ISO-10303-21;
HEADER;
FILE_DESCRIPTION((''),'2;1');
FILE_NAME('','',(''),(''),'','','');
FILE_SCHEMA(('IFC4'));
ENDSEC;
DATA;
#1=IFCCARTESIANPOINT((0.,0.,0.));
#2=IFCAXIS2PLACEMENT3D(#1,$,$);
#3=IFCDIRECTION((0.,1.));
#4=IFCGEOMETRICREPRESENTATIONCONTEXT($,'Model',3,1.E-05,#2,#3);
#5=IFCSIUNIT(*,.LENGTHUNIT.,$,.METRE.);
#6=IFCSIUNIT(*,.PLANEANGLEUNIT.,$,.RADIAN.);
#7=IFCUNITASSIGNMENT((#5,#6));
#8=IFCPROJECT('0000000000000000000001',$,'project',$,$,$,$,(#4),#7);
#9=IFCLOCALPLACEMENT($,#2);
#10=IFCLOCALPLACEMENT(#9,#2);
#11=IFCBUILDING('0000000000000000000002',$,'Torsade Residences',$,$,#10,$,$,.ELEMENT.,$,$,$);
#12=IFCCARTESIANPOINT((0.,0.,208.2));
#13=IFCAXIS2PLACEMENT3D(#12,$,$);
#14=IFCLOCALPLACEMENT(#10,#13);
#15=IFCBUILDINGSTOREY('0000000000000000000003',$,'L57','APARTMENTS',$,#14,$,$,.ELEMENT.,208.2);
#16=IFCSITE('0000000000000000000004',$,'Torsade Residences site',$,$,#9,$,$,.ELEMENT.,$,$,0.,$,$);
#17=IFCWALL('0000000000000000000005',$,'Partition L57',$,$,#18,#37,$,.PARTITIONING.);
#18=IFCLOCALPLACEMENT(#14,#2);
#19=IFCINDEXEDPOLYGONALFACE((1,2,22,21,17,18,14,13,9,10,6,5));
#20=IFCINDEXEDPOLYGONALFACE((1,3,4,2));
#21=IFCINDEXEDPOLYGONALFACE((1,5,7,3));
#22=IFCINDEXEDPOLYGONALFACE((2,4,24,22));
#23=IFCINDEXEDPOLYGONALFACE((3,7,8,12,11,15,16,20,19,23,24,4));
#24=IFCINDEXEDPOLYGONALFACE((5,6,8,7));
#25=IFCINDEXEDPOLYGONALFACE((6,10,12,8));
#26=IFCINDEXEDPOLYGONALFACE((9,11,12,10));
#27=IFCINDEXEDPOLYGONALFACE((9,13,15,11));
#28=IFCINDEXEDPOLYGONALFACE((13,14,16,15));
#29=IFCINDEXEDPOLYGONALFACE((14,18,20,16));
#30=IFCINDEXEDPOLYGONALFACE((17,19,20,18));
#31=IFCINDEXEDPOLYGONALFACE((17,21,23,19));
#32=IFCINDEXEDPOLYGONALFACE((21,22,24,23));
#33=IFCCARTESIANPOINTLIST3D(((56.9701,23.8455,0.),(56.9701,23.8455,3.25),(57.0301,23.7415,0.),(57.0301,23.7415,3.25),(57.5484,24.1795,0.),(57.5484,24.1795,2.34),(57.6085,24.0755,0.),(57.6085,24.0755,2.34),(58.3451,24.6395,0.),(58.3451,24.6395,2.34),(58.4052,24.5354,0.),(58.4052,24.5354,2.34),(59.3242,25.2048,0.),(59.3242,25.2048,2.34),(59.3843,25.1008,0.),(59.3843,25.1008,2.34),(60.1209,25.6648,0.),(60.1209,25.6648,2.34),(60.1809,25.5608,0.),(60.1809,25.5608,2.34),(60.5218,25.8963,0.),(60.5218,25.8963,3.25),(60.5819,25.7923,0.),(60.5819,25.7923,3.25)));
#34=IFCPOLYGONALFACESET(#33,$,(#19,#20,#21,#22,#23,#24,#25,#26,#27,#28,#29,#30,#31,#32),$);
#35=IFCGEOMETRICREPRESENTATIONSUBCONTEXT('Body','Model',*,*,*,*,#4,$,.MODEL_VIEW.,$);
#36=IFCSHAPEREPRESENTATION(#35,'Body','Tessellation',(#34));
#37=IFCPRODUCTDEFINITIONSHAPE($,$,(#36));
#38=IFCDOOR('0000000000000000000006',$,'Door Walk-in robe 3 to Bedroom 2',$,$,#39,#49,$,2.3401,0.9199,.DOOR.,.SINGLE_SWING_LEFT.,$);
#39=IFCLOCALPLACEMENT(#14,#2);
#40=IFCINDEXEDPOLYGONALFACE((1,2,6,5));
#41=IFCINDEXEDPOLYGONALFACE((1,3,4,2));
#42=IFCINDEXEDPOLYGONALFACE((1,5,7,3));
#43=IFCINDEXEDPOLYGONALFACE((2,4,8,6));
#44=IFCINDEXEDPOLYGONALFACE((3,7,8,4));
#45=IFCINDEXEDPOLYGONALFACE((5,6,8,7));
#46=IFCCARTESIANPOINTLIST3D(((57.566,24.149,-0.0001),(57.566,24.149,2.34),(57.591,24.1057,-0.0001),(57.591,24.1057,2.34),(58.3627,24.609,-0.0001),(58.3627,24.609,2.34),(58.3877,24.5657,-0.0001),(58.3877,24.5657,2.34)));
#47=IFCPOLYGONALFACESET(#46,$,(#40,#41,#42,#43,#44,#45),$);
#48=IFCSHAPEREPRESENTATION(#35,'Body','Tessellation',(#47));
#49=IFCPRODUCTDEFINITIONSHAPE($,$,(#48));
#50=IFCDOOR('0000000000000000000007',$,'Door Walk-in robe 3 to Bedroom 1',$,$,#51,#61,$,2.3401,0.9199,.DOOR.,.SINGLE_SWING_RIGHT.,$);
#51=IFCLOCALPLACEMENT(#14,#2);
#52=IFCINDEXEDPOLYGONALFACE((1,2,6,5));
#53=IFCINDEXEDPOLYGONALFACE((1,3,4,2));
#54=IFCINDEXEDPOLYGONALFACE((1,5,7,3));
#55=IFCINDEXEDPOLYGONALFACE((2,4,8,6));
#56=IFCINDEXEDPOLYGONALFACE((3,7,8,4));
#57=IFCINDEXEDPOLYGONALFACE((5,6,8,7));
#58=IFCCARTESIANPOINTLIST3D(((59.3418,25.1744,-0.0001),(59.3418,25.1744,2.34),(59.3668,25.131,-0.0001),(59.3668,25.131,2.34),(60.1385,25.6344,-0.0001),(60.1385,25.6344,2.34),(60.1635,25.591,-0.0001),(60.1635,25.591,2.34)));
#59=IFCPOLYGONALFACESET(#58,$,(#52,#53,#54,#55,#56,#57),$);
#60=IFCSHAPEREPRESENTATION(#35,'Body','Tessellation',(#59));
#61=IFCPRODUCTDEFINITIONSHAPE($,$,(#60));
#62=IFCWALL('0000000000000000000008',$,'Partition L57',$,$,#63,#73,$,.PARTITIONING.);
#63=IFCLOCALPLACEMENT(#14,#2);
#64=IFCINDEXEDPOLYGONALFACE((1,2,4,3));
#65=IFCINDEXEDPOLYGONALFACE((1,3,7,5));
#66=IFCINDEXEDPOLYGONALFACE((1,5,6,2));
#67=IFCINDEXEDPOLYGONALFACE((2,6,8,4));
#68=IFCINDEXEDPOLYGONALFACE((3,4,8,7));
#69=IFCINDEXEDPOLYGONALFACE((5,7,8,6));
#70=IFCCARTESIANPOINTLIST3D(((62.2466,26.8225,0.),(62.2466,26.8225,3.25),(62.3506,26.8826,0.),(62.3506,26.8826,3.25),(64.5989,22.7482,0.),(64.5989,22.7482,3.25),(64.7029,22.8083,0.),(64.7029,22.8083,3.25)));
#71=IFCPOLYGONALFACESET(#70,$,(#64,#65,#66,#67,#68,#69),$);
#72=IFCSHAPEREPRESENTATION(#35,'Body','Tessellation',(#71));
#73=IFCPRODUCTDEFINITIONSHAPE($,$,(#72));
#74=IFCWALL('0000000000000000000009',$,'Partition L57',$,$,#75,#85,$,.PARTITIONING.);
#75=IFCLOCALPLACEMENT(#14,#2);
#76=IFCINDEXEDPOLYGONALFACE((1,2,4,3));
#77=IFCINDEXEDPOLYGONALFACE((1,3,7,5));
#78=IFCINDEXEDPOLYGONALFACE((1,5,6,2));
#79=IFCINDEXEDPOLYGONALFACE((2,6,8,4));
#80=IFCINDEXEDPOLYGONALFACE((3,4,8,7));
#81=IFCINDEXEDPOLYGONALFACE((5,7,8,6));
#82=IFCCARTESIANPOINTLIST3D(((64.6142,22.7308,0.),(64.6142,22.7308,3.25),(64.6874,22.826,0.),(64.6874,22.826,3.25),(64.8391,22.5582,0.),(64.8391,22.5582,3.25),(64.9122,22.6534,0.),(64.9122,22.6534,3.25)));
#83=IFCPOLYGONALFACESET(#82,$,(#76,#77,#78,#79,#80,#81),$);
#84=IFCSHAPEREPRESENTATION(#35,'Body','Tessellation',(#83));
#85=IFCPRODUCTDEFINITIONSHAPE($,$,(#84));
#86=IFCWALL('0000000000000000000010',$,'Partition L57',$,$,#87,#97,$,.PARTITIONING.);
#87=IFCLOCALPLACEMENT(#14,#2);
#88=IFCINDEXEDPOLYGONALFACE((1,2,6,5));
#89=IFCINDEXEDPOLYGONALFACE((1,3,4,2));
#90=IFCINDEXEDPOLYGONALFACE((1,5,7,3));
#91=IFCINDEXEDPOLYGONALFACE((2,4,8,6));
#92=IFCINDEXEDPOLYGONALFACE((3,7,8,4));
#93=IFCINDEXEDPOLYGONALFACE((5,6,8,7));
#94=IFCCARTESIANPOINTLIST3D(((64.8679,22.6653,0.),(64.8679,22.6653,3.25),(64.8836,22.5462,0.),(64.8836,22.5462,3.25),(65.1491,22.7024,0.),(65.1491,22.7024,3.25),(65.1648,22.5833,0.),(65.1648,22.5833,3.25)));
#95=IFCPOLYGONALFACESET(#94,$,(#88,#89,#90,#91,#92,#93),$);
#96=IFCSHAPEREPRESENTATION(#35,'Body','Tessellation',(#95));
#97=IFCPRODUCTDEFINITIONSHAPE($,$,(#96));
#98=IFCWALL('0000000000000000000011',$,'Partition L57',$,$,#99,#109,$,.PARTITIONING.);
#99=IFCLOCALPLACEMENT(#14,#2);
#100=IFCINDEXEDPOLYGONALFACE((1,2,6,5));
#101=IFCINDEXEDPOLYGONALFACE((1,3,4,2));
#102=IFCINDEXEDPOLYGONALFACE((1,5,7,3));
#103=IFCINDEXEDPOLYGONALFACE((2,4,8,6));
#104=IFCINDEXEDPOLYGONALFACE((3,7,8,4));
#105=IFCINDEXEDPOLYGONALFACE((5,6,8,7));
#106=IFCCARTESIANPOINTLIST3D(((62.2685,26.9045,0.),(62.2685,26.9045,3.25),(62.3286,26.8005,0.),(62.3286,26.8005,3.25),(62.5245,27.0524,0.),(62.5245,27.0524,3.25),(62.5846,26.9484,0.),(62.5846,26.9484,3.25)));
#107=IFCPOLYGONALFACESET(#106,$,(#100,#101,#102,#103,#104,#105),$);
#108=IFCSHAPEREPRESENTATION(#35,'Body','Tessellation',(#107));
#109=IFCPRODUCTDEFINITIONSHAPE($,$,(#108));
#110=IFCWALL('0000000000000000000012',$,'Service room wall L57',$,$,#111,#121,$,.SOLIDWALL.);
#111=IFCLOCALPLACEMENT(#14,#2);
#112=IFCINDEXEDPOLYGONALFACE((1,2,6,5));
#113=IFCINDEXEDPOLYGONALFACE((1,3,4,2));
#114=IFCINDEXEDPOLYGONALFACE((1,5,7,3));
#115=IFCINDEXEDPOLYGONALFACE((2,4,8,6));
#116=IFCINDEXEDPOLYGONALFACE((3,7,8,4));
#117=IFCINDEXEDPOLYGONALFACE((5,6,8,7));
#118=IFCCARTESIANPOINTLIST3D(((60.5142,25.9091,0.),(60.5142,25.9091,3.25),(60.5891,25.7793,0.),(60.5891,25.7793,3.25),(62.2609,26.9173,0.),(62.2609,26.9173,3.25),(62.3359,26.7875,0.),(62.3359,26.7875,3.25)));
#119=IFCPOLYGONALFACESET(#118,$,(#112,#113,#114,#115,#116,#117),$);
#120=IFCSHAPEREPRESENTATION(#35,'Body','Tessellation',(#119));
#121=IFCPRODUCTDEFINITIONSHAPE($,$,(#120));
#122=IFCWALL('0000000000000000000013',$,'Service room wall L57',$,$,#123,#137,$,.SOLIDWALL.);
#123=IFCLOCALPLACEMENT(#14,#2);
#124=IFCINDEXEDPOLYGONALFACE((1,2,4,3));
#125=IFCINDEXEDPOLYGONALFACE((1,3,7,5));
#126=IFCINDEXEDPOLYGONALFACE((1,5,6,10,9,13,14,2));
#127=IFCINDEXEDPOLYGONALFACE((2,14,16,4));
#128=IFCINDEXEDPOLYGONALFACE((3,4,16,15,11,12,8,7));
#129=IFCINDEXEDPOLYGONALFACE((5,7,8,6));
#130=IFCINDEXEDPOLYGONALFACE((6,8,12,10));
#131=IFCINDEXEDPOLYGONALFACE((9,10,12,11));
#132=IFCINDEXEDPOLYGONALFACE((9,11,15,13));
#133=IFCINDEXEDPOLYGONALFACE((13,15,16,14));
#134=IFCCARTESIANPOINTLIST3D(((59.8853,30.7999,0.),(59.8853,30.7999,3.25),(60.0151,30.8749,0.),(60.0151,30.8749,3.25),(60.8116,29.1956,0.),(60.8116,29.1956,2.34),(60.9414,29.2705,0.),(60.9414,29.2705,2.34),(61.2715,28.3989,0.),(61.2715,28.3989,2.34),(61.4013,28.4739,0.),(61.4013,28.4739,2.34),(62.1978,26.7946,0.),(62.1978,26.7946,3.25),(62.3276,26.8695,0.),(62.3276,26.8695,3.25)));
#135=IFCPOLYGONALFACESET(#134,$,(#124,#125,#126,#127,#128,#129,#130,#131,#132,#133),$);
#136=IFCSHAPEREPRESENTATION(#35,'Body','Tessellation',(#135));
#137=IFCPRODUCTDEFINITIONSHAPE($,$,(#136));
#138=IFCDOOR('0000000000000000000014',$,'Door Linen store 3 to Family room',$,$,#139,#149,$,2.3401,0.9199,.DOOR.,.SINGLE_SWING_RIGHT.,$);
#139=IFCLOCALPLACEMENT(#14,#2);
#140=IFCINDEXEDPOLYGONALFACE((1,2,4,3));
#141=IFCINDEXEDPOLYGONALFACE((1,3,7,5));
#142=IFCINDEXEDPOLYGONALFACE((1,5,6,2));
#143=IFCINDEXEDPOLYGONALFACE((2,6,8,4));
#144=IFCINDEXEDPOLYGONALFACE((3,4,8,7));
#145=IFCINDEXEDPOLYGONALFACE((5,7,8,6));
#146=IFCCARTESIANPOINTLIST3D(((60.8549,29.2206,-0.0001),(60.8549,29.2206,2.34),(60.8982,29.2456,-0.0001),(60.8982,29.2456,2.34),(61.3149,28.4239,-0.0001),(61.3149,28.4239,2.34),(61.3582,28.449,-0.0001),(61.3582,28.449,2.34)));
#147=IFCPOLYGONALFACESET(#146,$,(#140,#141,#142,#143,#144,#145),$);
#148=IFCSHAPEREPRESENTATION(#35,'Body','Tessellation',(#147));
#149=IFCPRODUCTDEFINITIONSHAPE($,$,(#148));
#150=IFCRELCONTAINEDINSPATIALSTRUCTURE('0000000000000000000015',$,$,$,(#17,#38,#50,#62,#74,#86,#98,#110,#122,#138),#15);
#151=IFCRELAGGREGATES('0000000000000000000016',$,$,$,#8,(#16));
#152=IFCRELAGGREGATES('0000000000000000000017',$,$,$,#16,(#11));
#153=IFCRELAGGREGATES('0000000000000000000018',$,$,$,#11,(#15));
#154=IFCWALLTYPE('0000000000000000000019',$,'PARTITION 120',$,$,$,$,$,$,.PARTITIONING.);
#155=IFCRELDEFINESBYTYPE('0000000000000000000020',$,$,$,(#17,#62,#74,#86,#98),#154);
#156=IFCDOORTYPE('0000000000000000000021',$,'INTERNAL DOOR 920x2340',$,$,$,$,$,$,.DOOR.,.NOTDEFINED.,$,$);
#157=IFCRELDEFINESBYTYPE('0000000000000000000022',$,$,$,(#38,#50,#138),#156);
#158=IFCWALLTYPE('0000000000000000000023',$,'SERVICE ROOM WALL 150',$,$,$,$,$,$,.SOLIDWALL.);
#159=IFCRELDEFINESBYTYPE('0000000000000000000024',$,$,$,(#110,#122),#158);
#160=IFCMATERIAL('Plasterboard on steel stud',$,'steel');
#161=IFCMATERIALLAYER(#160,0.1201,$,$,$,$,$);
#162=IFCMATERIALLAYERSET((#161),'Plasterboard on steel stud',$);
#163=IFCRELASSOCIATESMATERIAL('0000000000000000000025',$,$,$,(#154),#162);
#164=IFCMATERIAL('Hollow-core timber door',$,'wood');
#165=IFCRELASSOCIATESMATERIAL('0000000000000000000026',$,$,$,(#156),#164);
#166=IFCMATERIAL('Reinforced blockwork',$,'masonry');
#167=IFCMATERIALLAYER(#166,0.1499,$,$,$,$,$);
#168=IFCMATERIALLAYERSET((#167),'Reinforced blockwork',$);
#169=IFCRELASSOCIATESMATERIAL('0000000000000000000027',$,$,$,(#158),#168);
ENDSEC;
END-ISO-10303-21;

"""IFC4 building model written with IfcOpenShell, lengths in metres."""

from ifc_helpers import new_model, si_unit, direction, frame, frame_2d, origin, place, context, subcontext, project, spatial, rectangle, extrude, material, layer, layer_set, type_object, element, fill, save


model = new_model("IFC4")

# Units and contexts
model_context = context("Model", 3, precision=1e-05, world=origin(), true_north=direction((0.0, 1.0)))
body_context = subcontext(model_context, "Body", "Model", "MODEL_VIEW")
ifc_project = project(units=[si_unit("LENGTHUNIT", "METRE"), si_unit("PLANEANGLEUNIT", "RADIAN")], contexts=[model_context])

# Site, building, storey
site_placement = place(None, origin())
site = spatial("IfcSite", under=ifc_project, at=site_placement, Name="Torsade Residences site", CompositionType="ELEMENT", RefElevation=0.0)
building_placement = place(site_placement, origin())
building = spatial("IfcBuilding", under=site, at=building_placement, Name="Torsade Residences", CompositionType="ELEMENT")
storey_placement = place(building_placement, frame((0.0, 0.0, 208.2)))
storey = spatial("IfcBuildingStorey", under=building, at=storey_placement, Name="L57", Description="APARTMENTS", CompositionType="ELEMENT", Elevation=208.2)

# Shared definitions
ifc_material_1 = material(Name="Plasterboard on steel stud", Category="steel")
ifc_layer_1 = layer(ifc_material_1, 0.1201)
ifc_layer_set_1 = layer_set([ifc_layer_1], Name="Plasterboard on steel stud")
wall_type_1 = type_object("IfcWallType", Name="PARTITION 120", PredefinedType="PARTITIONING", material=ifc_layer_set_1)
ifc_material_2 = material(Name="Hollow-core timber door", Category="wood")
door_type_1 = type_object("IfcDoorType", Name="INTERNAL DOOR 920x2340", OperationType="NOTDEFINED", PredefinedType="DOOR", material=ifc_material_2)

# Wall, openings, doors
wall_1_placement = place(storey_placement, frame((57.0, 23.7935, 0.0), z_axis=(0.0, 0.0, 1.0), x_axis=(0.866007, 0.500032, 0.0)))
wall_1 = element("IfcWall", 1, at=wall_1_placement, inside=storey, type_object=wall_type_1, Name="Partition L57", PredefinedType="PARTITIONING", context=body_context, shape_type="SweptSolid", body=[
    extrude(rectangle(XDim=4.1013, YDim=0.1201, at=frame_2d((2.0508, 0.0))), origin(), (0.0, 0.0, 1.0), 3.25),
])
opening_1_placement = place(wall_1_placement, frame((0.668, 0.0, 0.0)))
opening_1 = element("IfcOpeningElement", 2, at=opening_1_placement, cuts=wall_1, PredefinedType="OPENING", context=body_context, shape_type="SweptSolid", body=[
    extrude(rectangle(XDim=0.9199, YDim=2.3401, at=frame_2d((0.46, 1.1699))), frame((0.0, 0.0701, 0.0), z_axis=(0.0, -1.0, 0.0), x_axis=(1.0, 0.0, 0.0)), (0.0, 0.0, 1.0), 0.1401),
])
opening_2_placement = place(wall_1_placement, frame((2.7185, 0.0, 0.0)))
opening_2 = element("IfcOpeningElement", 3, at=opening_2_placement, cuts=wall_1, PredefinedType="OPENING", context=body_context, shape_type="SweptSolid", body=[
    extrude(rectangle(XDim=0.9199, YDim=2.3401, at=frame_2d((0.46, 1.1699))), frame((0.0, 0.0701, 0.0), z_axis=(0.0, -1.0, 0.0), x_axis=(1.0, 0.0, 0.0)), (0.0, 0.0, 1.0), 0.1401),
])
door_1_placement = place(opening_1_placement, origin())
door_1 = element("IfcDoor", 4, at=door_1_placement, inside=storey, type_object=door_type_1, Name="Door Walk-in robe 3 to Bedroom 2", OperationType="SINGLE_SWING_LEFT", OverallHeight=2.3401, OverallWidth=0.9199, PredefinedType="DOOR", context=body_context, shape_type="SweptSolid", body=[
    extrude(rectangle(XDim=0.9199, YDim=2.3401, at=frame_2d((0.46, 1.1699))), frame((0.0, 0.0249, 0.0), z_axis=(0.0, -1.0, 0.0), x_axis=(1.0, 0.0, 0.0)), (0.0, 0.0, 1.0), 0.05),
])
fill(opening_1, door_1)
door_2_placement = place(opening_2_placement, origin())
door_2 = element("IfcDoor", 5, at=door_2_placement, inside=storey, type_object=door_type_1, Name="Door Walk-in robe 3 to Bedroom 1", OperationType="SINGLE_SWING_RIGHT", OverallHeight=2.3401, OverallWidth=0.9199, PredefinedType="DOOR", context=body_context, shape_type="SweptSolid", body=[
    extrude(rectangle(XDim=0.9199, YDim=2.3401, at=frame_2d((0.46, 1.1699))), frame((0.0, 0.0249, 0.0), z_axis=(0.0, -1.0, 0.0), x_axis=(1.0, 0.0, 0.0)), (0.0, 0.0, 1.0), 0.05),
])
fill(opening_2, door_2)

# Walls
wall_2_placement = place(storey_placement, frame((62.2986, 26.8525, 0.0), z_axis=(0.0, 0.0, 1.0), x_axis=(0.500007, -0.866021, 0.0)))
element("IfcWall", 6, at=wall_2_placement, inside=storey, type_object=wall_type_1, Name="Partition L57", PredefinedType="PARTITIONING", context=body_context, shape_type="SweptSolid", body=[
    extrude(rectangle(XDim=4.7046, YDim=0.1201, at=frame_2d((2.3523, 0.0))), origin(), (0.0, 0.0, 1.0), 3.25),
])
wall_3_placement = place(storey_placement, frame((64.6509, 22.7783, 0.0), z_axis=(0.0, 0.0, 1.0), x_axis=(0.793232, -0.60892, 0.0)))
element("IfcWall", 7, at=wall_3_placement, inside=storey, type_object=wall_type_1, Name="Partition L57", PredefinedType="PARTITIONING", context=body_context, shape_type="SweptSolid", body=[
    extrude(rectangle(XDim=0.2834, YDim=0.1201, at=frame_2d((0.1416, 0.0))), origin(), (0.0, 0.0, 1.0), 3.25),
])
wall_4_placement = place(storey_placement, frame((64.8757, 22.6057, 0.0), z_axis=(0.0, 0.0, 1.0), x_axis=(0.991407, 0.130811, 0.0)))
element("IfcWall", 8, at=wall_4_placement, inside=storey, type_object=wall_type_1, Name="Partition L57", PredefinedType="PARTITIONING", context=body_context, shape_type="SweptSolid", body=[
    extrude(rectangle(XDim=0.2837, YDim=0.1201, at=frame_2d((0.1418, 0.0))), origin(), (0.0, 0.0, 1.0), 3.25),
])
wall_5_placement = place(storey_placement, frame((62.5547, 27.0005, 0.0), z_axis=(0.0, 0.0, 1.0), x_axis=(-0.865897, -0.500223, 0.0)))
element("IfcWall", 9, at=wall_5_placement, inside=storey, type_object=wall_type_1, Name="Partition L57", PredefinedType="PARTITIONING", context=body_context, shape_type="SweptSolid", body=[
    extrude(rectangle(XDim=0.2957, YDim=0.1201, at=frame_2d((0.1479, 0.0))), origin(), (0.0, 0.0, 1.0), 3.25),
])
ifc_material_3 = material(Name="Reinforced blockwork", Category="masonry")
ifc_layer_2 = layer(ifc_material_3, 0.1499)
ifc_layer_set_2 = layer_set([ifc_layer_2], Name="Reinforced blockwork")
wall_type_2 = type_object("IfcWallType", Name="SERVICE ROOM WALL 150", PredefinedType="SOLIDWALL", material=ifc_layer_set_2)
wall_6_placement = place(storey_placement, frame((60.5518, 25.8442, 0.0), z_axis=(0.0, 0.0, 1.0), x_axis=(0.866075, 0.499915, 0.0)))
element("IfcWall", 10, at=wall_6_placement, inside=storey, type_object=wall_type_2, Name="Service room wall L57", PredefinedType="SOLIDWALL", context=body_context, shape_type="SweptSolid", body=[
    extrude(rectangle(XDim=2.0168, YDim=0.1499, at=frame_2d((1.0083, 0.0))), origin(), (0.0, 0.0, 1.0), 3.25),
])

# Wall, opening, door
wall_7_placement = place(storey_placement, frame((62.2627, 26.832, 0.0), z_axis=(0.0, 0.0, 1.0), x_axis=(-0.5, 0.866026, 0.0)))
wall_7 = element("IfcWall", 11, at=wall_7_placement, inside=storey, type_object=wall_type_2, Name="Service room wall L57", PredefinedType="SOLIDWALL", context=body_context, shape_type="SweptSolid", body=[
    extrude(rectangle(XDim=4.625, YDim=0.1499, at=frame_2d((2.3125, 0.0))), origin(), (0.0, 0.0, 1.0), 3.25),
])
opening_3_placement = place(wall_7_placement, frame((1.8525, 0.0, 0.0)))
opening_3 = element("IfcOpeningElement", 12, at=opening_3_placement, cuts=wall_7, PredefinedType="OPENING", context=body_context, shape_type="SweptSolid", body=[
    extrude(rectangle(XDim=0.9199, YDim=2.3401, at=frame_2d((0.46, 1.1699))), frame((0.0, 0.085, 0.0), z_axis=(0.0, -1.0, 0.0), x_axis=(1.0, 0.0, 0.0)), (0.0, 0.0, 1.0), 0.1699),
])
door_3_placement = place(opening_3_placement, origin())
door_3 = element("IfcDoor", 13, at=door_3_placement, inside=storey, type_object=door_type_1, Name="Door Linen store 3 to Family room", OperationType="SINGLE_SWING_RIGHT", OverallHeight=2.3401, OverallWidth=0.9199, PredefinedType="DOOR", context=body_context, shape_type="SweptSolid", body=[
    extrude(rectangle(XDim=0.9199, YDim=2.3401, at=frame_2d((0.46, 1.1699))), frame((0.0, 0.0249, 0.0), z_axis=(0.0, -1.0, 0.0), x_axis=(1.0, 0.0, 0.0)), (0.0, 0.0, 1.0), 0.05),
])
fill(opening_3, door_3)

save(model, "model.ifc")
